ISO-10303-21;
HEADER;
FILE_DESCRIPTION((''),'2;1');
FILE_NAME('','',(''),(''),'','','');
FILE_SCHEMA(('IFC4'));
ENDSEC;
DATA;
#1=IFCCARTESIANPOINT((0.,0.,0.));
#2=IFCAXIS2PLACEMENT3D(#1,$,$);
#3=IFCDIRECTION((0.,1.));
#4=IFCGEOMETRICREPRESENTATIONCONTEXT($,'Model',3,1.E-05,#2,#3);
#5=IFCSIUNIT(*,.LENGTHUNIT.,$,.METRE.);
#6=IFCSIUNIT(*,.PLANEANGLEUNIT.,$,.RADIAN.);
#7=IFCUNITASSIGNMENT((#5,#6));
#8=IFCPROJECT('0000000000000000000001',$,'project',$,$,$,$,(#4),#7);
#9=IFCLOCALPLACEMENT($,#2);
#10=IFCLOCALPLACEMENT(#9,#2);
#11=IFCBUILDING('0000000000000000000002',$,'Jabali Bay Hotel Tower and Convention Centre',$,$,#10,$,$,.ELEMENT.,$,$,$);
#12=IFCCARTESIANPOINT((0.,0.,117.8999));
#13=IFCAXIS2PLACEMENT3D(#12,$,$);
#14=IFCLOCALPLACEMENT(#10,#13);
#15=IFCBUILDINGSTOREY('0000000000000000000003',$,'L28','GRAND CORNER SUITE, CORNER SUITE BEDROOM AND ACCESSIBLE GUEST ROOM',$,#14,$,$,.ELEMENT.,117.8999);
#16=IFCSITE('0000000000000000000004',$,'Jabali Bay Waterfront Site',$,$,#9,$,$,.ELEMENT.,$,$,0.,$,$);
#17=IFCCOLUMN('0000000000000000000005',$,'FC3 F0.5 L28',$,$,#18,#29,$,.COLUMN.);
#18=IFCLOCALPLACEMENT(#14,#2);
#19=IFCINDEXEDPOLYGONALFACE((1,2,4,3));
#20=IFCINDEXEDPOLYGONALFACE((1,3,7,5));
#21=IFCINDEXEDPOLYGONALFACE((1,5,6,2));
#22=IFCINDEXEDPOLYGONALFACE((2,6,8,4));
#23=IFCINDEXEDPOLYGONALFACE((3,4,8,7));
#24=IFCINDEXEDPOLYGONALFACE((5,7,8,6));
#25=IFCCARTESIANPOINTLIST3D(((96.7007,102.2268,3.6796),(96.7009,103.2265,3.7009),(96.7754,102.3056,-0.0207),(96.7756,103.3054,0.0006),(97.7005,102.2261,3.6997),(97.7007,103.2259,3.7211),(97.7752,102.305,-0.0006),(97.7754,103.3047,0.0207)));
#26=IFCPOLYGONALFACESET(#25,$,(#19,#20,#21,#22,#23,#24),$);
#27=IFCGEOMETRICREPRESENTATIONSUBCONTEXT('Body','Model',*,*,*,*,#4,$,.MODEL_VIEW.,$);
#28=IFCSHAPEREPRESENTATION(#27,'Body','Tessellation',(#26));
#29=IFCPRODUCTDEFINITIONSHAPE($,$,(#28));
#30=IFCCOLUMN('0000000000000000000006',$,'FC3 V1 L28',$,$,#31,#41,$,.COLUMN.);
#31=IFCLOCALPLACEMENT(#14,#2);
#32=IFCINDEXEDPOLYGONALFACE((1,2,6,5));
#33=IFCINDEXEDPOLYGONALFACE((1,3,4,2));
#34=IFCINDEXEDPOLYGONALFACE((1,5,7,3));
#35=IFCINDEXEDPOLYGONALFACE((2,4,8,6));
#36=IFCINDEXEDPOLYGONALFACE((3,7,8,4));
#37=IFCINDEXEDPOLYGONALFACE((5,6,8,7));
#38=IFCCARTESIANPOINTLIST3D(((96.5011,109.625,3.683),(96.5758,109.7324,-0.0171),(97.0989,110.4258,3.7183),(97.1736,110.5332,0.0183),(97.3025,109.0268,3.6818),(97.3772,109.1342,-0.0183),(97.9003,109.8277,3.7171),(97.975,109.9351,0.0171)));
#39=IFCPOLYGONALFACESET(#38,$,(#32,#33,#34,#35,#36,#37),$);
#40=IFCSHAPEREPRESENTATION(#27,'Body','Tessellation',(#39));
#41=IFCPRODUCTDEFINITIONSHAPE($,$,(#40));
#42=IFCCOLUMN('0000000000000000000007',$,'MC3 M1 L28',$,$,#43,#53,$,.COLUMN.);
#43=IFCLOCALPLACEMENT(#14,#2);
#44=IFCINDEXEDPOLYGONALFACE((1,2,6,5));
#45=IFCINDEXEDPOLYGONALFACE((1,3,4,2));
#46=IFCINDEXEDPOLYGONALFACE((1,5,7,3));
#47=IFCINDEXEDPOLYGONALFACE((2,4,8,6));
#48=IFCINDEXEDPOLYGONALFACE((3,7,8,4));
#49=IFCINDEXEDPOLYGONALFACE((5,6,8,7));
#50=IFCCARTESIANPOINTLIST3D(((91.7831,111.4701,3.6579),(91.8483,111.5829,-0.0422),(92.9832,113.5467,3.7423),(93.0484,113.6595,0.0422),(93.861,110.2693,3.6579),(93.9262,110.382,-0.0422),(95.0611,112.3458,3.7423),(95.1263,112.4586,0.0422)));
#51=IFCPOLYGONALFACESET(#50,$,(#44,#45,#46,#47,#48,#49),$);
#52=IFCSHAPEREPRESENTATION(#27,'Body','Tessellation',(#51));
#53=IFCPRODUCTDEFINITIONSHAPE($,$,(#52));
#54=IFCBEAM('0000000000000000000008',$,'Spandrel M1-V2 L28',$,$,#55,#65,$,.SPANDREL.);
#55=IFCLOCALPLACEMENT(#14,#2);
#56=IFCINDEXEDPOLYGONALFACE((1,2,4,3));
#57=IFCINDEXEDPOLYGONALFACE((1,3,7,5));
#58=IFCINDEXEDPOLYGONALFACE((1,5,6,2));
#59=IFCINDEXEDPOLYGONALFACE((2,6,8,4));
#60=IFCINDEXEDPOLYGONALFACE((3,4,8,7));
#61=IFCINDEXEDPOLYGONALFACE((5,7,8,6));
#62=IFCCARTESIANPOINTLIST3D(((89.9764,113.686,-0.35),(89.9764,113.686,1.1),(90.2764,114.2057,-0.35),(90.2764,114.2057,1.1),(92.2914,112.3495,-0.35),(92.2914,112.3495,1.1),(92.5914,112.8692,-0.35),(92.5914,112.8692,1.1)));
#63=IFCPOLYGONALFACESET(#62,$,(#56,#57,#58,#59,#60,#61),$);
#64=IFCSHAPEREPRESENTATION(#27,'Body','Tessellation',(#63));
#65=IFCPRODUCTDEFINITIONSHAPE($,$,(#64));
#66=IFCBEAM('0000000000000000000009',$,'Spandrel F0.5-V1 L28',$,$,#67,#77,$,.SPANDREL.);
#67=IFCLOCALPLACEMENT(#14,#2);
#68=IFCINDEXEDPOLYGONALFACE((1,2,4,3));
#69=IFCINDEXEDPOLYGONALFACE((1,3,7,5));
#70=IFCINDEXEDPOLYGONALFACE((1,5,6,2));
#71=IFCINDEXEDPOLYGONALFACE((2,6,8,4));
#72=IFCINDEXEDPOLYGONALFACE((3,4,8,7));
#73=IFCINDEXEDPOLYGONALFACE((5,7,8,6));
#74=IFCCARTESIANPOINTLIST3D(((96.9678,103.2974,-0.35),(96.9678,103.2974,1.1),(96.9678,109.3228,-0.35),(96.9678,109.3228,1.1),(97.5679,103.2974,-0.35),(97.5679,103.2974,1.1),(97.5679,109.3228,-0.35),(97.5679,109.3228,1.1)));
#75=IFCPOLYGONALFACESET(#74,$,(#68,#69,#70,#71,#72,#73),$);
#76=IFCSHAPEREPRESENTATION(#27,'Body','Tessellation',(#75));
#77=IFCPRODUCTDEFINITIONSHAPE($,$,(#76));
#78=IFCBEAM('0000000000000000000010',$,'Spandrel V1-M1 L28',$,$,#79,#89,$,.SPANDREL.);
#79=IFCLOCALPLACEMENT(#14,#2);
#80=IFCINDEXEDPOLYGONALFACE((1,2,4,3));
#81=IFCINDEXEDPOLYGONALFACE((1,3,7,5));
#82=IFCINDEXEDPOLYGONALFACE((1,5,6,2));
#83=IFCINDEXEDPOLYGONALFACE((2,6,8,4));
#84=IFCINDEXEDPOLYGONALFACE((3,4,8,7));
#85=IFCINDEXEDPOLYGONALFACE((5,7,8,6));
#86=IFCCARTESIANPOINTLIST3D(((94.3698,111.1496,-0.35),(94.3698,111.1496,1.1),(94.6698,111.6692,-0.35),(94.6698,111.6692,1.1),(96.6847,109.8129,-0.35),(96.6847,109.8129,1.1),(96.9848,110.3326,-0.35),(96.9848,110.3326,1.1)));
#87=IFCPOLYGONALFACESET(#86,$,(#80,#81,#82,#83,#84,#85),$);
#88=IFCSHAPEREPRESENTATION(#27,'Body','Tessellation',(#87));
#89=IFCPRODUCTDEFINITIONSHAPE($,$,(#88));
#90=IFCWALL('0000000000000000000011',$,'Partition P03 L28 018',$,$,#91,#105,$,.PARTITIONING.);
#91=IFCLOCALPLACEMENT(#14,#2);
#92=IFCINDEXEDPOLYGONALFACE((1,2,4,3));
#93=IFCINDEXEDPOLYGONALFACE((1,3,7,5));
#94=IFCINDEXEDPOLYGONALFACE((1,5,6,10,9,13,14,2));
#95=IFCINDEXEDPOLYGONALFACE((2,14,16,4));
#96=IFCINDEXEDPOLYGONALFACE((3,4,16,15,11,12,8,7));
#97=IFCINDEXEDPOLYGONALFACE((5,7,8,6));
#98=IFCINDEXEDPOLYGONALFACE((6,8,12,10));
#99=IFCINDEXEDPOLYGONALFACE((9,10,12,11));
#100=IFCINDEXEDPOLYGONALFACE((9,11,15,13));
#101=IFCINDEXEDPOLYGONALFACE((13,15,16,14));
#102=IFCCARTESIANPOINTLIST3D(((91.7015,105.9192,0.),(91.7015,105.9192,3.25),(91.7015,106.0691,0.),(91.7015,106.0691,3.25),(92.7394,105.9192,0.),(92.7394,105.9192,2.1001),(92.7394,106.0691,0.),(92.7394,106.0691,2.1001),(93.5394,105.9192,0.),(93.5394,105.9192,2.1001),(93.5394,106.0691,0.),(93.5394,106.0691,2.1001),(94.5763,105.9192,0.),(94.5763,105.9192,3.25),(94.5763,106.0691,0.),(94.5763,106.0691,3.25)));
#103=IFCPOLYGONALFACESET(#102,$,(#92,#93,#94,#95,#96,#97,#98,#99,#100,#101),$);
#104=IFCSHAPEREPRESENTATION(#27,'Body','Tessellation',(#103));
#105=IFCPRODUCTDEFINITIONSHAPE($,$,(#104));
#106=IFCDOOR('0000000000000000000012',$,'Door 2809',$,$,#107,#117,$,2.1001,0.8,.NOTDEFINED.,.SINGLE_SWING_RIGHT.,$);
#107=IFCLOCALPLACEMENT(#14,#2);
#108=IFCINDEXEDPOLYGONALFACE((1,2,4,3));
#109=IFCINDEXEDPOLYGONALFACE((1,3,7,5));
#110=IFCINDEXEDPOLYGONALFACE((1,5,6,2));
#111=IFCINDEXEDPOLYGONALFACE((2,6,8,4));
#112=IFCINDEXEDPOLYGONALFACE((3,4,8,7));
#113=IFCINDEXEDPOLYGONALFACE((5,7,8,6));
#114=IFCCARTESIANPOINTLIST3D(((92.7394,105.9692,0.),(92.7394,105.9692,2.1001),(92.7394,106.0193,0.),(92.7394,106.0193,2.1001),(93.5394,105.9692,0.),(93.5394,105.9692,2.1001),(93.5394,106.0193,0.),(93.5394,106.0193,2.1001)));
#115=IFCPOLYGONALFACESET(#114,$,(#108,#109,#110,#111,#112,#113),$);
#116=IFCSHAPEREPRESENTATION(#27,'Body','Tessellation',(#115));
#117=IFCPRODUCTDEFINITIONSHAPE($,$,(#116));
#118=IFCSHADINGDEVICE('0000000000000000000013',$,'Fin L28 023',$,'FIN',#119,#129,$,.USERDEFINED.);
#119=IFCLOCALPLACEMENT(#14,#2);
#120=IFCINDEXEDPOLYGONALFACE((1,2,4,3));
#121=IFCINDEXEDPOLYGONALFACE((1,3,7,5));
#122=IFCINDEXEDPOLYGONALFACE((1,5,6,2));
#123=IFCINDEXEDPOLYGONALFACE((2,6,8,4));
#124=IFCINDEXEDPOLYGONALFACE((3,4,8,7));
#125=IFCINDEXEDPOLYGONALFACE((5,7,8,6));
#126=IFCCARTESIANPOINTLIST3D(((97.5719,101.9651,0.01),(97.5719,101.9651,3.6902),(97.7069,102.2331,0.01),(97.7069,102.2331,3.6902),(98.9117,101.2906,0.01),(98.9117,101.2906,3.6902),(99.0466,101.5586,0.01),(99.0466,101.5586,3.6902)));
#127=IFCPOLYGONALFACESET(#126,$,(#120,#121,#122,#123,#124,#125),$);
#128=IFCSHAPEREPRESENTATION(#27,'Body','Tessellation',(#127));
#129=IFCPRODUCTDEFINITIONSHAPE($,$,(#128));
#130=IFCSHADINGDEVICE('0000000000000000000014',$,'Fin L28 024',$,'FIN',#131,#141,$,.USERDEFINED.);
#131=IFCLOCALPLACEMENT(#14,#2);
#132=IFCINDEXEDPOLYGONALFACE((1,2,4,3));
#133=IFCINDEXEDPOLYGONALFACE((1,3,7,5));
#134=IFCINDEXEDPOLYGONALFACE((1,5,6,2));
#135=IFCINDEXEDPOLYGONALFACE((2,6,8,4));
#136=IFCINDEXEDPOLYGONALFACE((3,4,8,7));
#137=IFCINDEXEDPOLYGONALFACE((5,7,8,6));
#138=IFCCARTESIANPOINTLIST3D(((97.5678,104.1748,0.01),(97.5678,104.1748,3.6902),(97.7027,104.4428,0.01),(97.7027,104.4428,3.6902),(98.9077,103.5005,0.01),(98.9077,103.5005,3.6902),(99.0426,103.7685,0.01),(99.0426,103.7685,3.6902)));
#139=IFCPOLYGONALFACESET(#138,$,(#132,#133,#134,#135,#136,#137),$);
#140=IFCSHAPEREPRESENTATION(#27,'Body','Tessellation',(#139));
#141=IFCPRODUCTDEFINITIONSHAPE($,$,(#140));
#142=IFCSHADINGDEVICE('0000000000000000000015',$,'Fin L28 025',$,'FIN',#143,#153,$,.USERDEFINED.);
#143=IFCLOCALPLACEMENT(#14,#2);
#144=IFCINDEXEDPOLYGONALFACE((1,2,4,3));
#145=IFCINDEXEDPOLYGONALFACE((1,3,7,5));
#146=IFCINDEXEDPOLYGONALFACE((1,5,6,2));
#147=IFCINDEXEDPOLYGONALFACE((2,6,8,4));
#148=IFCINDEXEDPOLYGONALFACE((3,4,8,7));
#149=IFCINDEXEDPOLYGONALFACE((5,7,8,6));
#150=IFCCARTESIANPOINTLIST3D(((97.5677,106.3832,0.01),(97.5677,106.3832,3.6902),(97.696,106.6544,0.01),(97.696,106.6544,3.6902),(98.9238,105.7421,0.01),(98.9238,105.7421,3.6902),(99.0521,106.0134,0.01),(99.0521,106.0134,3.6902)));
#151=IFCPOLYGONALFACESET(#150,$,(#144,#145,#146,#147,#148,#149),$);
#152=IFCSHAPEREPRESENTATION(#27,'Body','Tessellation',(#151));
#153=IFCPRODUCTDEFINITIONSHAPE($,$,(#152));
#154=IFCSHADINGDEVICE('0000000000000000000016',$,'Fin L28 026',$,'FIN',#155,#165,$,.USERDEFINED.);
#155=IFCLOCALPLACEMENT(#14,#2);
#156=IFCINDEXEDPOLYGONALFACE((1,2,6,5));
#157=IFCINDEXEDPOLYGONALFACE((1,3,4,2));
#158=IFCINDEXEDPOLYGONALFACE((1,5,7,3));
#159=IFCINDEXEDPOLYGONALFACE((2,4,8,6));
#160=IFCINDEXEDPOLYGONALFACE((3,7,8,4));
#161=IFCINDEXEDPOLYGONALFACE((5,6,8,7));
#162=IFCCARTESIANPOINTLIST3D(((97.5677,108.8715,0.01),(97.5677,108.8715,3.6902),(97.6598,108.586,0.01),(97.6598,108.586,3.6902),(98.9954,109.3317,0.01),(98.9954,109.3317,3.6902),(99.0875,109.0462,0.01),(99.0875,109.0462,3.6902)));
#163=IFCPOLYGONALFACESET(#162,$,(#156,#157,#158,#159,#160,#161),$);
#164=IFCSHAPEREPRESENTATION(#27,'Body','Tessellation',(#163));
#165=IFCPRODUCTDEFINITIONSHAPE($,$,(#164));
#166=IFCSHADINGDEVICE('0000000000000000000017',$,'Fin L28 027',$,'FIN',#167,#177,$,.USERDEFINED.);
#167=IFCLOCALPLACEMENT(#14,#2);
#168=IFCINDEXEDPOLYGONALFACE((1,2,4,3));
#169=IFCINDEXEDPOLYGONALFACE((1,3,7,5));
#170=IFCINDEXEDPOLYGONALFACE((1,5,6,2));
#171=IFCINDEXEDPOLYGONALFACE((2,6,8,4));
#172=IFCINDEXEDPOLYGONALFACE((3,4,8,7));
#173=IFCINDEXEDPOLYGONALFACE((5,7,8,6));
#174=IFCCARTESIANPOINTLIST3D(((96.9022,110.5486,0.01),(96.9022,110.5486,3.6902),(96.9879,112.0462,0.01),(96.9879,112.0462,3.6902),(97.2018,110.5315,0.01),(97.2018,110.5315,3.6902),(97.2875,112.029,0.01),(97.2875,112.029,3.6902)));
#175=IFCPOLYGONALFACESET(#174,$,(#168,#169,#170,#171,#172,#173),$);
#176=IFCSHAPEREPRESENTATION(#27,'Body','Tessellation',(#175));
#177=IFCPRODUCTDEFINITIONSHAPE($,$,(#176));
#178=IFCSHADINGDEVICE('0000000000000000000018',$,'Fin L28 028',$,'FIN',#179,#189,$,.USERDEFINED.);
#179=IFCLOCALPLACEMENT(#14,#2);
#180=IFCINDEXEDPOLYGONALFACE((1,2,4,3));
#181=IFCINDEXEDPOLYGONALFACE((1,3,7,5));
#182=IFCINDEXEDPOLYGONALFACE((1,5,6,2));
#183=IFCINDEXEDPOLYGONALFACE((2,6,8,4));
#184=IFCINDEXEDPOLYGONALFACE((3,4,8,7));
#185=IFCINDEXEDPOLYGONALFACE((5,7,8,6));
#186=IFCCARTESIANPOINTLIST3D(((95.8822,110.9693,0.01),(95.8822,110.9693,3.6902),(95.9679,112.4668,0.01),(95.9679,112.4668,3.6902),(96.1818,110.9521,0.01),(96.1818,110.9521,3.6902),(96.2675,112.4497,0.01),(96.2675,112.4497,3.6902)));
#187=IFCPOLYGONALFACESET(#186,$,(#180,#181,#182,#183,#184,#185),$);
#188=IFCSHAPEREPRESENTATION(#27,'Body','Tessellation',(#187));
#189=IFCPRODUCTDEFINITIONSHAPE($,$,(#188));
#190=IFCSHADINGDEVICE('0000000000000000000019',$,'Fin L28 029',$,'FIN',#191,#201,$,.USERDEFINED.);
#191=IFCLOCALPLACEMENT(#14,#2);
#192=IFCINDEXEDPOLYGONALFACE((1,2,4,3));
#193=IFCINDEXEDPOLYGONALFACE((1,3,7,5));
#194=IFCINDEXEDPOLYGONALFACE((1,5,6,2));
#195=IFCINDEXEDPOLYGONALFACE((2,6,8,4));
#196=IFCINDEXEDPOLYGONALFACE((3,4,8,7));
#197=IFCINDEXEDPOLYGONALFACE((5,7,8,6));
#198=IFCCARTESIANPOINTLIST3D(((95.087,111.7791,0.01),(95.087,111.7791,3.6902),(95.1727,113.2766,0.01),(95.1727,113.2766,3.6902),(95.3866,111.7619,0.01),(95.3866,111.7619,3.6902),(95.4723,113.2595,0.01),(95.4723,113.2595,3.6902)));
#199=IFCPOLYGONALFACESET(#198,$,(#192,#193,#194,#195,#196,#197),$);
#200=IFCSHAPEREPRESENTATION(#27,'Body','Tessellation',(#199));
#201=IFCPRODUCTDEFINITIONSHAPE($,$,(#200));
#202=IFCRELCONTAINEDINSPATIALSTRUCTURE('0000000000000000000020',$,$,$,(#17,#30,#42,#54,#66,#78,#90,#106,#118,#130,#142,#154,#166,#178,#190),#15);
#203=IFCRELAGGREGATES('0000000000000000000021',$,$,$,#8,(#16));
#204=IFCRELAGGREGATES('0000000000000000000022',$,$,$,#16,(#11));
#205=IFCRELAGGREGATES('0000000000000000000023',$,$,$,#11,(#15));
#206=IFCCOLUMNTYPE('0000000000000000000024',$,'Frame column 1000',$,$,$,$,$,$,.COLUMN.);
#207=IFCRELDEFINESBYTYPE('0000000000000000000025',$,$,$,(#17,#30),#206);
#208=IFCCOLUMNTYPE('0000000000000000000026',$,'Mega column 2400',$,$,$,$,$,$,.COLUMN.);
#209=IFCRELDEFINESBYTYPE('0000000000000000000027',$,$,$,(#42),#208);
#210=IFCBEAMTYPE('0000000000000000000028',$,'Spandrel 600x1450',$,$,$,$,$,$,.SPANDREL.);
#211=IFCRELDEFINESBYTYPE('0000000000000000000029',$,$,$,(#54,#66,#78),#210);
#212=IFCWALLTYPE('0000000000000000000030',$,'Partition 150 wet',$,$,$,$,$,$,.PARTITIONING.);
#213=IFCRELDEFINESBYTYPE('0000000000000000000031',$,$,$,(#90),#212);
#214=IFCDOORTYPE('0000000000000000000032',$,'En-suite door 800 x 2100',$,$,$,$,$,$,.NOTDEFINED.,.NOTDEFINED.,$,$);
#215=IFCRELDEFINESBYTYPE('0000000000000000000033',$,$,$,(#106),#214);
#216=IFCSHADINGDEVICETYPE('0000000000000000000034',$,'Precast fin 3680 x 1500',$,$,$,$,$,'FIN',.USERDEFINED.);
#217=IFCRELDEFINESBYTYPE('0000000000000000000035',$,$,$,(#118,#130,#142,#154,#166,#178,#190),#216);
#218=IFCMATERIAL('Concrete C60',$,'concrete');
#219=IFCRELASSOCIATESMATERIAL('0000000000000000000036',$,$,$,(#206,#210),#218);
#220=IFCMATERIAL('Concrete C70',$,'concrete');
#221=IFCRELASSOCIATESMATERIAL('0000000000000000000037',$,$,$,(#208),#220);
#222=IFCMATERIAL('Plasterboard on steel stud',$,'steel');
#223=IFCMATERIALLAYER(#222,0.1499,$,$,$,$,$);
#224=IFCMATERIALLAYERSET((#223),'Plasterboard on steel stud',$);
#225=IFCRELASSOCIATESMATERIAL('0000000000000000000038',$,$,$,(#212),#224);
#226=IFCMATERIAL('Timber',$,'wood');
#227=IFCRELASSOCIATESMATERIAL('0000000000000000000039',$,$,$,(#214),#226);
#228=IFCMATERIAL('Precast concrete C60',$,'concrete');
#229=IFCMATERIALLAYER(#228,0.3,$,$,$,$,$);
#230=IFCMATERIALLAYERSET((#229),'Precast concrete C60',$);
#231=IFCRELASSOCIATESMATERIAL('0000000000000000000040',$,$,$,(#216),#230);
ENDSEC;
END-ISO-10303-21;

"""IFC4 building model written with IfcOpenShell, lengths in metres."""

from ifc_helpers import new_model, si_unit, direction, frame, frame_2d, origin, origin_2d, place, context, subcontext, project, spatial, rectangle, extrude, material, layer, layer_set, material_profile, profile_set, type_object, element, fill, save


model = new_model("IFC4")

# Units and contexts
model_context = context("Model", 3, precision=1e-05, world=origin(), true_north=direction((0.0, 1.0)))
body_context = subcontext(model_context, "Body", "Model", "MODEL_VIEW")
ifc_project = project(units=[si_unit("LENGTHUNIT", "METRE"), si_unit("PLANEANGLEUNIT", "RADIAN")], contexts=[model_context])

# Site, building, storey
site_placement = place(None, origin())
site = spatial("IfcSite", under=ifc_project, at=site_placement, Name="Jabali Bay Waterfront Site", CompositionType="ELEMENT", RefElevation=0.0)
building_placement = place(site_placement, origin())
building = spatial("IfcBuilding", under=site, at=building_placement, Name="Jabali Bay Hotel Tower and Convention Centre", CompositionType="ELEMENT")
storey_placement = place(building_placement, frame((0.0, 0.0, 117.8999)))
storey = spatial("IfcBuildingStorey", under=building, at=storey_placement, Name="L28", Description="GRAND CORNER SUITE, CORNER SUITE BEDROOM AND ACCESSIBLE GUEST ROOM", CompositionType="ELEMENT", Elevation=117.8999)

# Columns
ifc_material_1 = material(Name="Concrete C60", Category="concrete")
ifc_material_profile_1 = material_profile(ifc_material_1, rectangle(XDim=1.0, YDim=1.0, at=origin_2d()), Name="Frame column 1000")
ifc_profile_set_1 = profile_set([ifc_material_profile_1], Name="Concrete C60")
column_type_1 = type_object("IfcColumnType", Name="Frame column 1000", PredefinedType="COLUMN", material=ifc_profile_set_1)
column_1_placement = place(storey_placement, frame((97.2754, 102.8052, 0.0), z_axis=(-0.020181, -0.021303, 0.999569), x_axis=(0.999796, -0.000652, 0.020172)))
element("IfcColumn", 1, at=column_1_placement, inside=storey, type_object=column_type_1, Name="FC3 F0.5 L28", PredefinedType="COLUMN", context=body_context, shape_type="SweptSolid", body=[
    extrude(rectangle(XDim=1.0, YDim=1.0, at=origin_2d()), origin(), (0.0, 0.0, 1.0), 3.7019),
])
column_2_placement = place(storey_placement, frame((97.2754, 109.8337, 0.0), z_axis=(-0.020177, -0.029013, 0.999375), x_axis=(0.597798, 0.800868, 0.03532)))
element("IfcColumn", 2, at=column_2_placement, inside=storey, type_object=column_type_1, Name="FC3 V1 L28", PredefinedType="COLUMN", context=body_context, shape_type="SweptSolid", body=[
    extrude(rectangle(XDim=1.0, YDim=1.0, at=origin_2d()), origin(), (0.0, 0.0, 1.0), 3.7024),
])
ifc_material_2 = material(Name="Concrete C70", Category="concrete")
ifc_material_profile_2 = material_profile(ifc_material_2, rectangle(XDim=2.3999, YDim=2.3999, at=origin_2d()), Name="Mega column 2400")
ifc_profile_set_2 = profile_set([ifc_material_profile_2], Name="Concrete C70")
column_type_2 = type_object("IfcColumnType", Name="Mega column 2400", PredefinedType="COLUMN", material=ifc_profile_set_2)
column_3_placement = place(storey_placement, frame((93.4873, 112.0208, 0.0), z_axis=(-0.017606, -0.030464, 0.999381), x_axis=(0.865816, -0.500362, 0.0)))
element("IfcColumn", 3, at=column_3_placement, inside=storey, type_object=column_type_2, Name="MC3 M1 L28", PredefinedType="COLUMN", context=body_context, shape_type="SweptSolid", body=[
    extrude(rectangle(XDim=2.3999, YDim=2.3999, at=origin_2d()), origin(), (0.0, 0.0, 1.0), 3.7024),
])

# Beams
ifc_material_profile_3 = material_profile(ifc_material_1, rectangle(XDim=0.6001, YDim=1.45, at=origin_2d()), Name="Spandrel 600x1450")
ifc_profile_set_3 = profile_set([ifc_material_profile_3], Name="Concrete C60")
beam_type = type_object("IfcBeamType", Name="Spandrel 600x1450", PredefinedType="SPANDREL", material=ifc_profile_set_3)
beam_1_placement = place(storey_placement, frame((92.4414, 112.6094, 0.375), z_axis=(-0.866043, 0.49997, 0.0), x_axis=(-0.49997, -0.866043, 0.0)))
element("IfcBeam", 4, at=beam_1_placement, inside=storey, type_object=beam_type, Name="Spandrel M1-V2 L28", PredefinedType="SPANDREL", context=body_context, shape_type="SweptSolid", body=[
    extrude(rectangle(XDim=0.6001, YDim=1.45, at=origin_2d()), origin(), (0.0, 0.0, 1.0), 2.6731),
])
beam_2_placement = place(storey_placement, frame((97.2678, 103.2974, 0.375), z_axis=(0.0, 1.0, 0.0), x_axis=(-1.0, 0.0, 0.0)))
element("IfcBeam", 5, at=beam_2_placement, inside=storey, type_object=beam_type, Name="Spandrel F0.5-V1 L28", PredefinedType="SPANDREL", context=body_context, shape_type="SweptSolid", body=[
    extrude(rectangle(XDim=0.6001, YDim=1.45, at=origin_2d()), origin(), (0.0, 0.0, 1.0), 6.0254),
])
beam_3_placement = place(storey_placement, frame((96.8347, 110.0728, 0.375), z_axis=(-0.866003, 0.500039, 0.0), x_axis=(-0.500039, -0.866003, 0.0)))
element("IfcBeam", 6, at=beam_3_placement, inside=storey, type_object=beam_type, Name="Spandrel V1-M1 L28", PredefinedType="SPANDREL", context=body_context, shape_type="SweptSolid", body=[
    extrude(rectangle(XDim=0.6001, YDim=1.45, at=origin_2d()), origin(), (0.0, 0.0, 1.0), 2.6731),
])

# Wall, opening, door
ifc_material_3 = material(Name="Plasterboard on steel stud", Category="steel")
ifc_layer_1 = layer(ifc_material_3, 0.1499)
ifc_layer_set_1 = layer_set([ifc_layer_1], Name="Plasterboard on steel stud")
wall_type_1 = type_object("IfcWallType", Name="Partition 150 wet", PredefinedType="PARTITIONING", material=ifc_layer_set_1)
wall_1_placement = place(storey_placement, frame((94.5764, 105.9941, 0.0), z_axis=(0.0, 0.0, 1.0), x_axis=(-1.0, 0.0, 0.0)))
wall_1 = element("IfcWall", 7, at=wall_1_placement, inside=storey, type_object=wall_type_1, Name="Partition P03 L28 018", PredefinedType="PARTITIONING", context=body_context, shape_type="SweptSolid", body=[
    extrude(rectangle(XDim=2.8748, YDim=0.1499, at=frame_2d((1.4375, 0.0))), origin(), (0.0, 0.0, 1.0), 3.25),
])
opening_1_placement = place(wall_1_placement, frame((1.0371, 0.0, 0.0)))
opening_1 = element("IfcOpeningElement", 8, at=opening_1_placement, cuts=wall_1, PredefinedType="OPENING", context=body_context, shape_type="SweptSolid", body=[
    extrude(rectangle(XDim=0.8, YDim=2.1001, at=frame_2d((0.3999, 1.05))), frame((0.0, 0.0854, 0.0), z_axis=(0.0, -1.0, 0.0), x_axis=(1.0, 0.0, 0.0)), (0.0, 0.0, 1.0), 0.1709),
])
ifc_material_4 = material(Name="Timber", Category="wood")
door_type_1 = type_object("IfcDoorType", Name="En-suite door 800 x 2100", OperationType="NOTDEFINED", PredefinedType="NOTDEFINED", material=ifc_material_4)
door_1_placement = place(opening_1_placement, origin())
door_1 = element("IfcDoor", 9, at=door_1_placement, inside=storey, type_object=door_type_1, Name="Door 2809", OperationType="SINGLE_SWING_RIGHT", OverallHeight=2.1001, OverallWidth=0.8, PredefinedType="NOTDEFINED", context=body_context, shape_type="SweptSolid", body=[
    extrude(rectangle(XDim=0.8, YDim=2.1001, at=frame_2d((0.3999, 1.05))), frame((0.0, 0.0249, 0.0), z_axis=(0.0, -1.0, 0.0), x_axis=(1.0, 0.0, 0.0)), (0.0, 0.0, 1.0), 0.05),
])
fill(opening_1, door_1)

# Shading devices
ifc_material_5 = material(Name="Precast concrete C60", Category="concrete")
ifc_layer_2 = layer(ifc_material_5, 0.3)
ifc_layer_set_2 = layer_set([ifc_layer_2], Name="Precast concrete C60")
shading_device_type = type_object("IfcShadingDeviceType", Name="Precast fin 3680 x 1500", ElementType="FIN", PredefinedType="USERDEFINED", material=ifc_layer_set_2)
for number, where, z_axis, x_axis, name in (
    (10, (97.6394, 102.0991, 0.01), (0.0, 0.0, 1.0), (0.893187, -0.449686, 0.0), "Fin L28 023"),
    (11, (97.6353, 104.3088, 0.01), (0.0, 0.0, 1.0), (0.893252, -0.449556, 0.0), "Fin L28 024"),
    (12, (97.6318, 106.5188, 0.01), (0.0, 0.0, 1.0), (0.904072, -0.42738, 0.0), "Fin L28 025"),
    (13, (97.6138, 108.7288, 0.01), (0.0, 0.0, 1.0), (0.951778, 0.306789, 0.0), "Fin L28 026"),
    (14, (97.052, 110.54, 0.01), (0.0, 0.0, 1.0), (0.057129, 0.998367, 0.0), "Fin L28 027"),
    (15, (96.032, 110.9607, 0.01), (0.0, 0.0, 1.0), (0.057129, 0.998367, 0.0), "Fin L28 028"),
    (16, (95.2368, 111.7705, 0.01), (0.0, 0.0, 1.0), (0.057129, 0.998367, 0.0), "Fin L28 029"),
):
    element("IfcShadingDevice", number, at=place(storey_placement, frame(where, z_axis=z_axis, x_axis=x_axis)), inside=storey, type_object=shading_device_type, Name=name, ObjectType="FIN", PredefinedType="USERDEFINED", context=body_context, shape_type="SweptSolid", body=[
        extrude(rectangle(XDim=1.5, YDim=0.3, at=frame_2d((0.75, 0.0))), origin(), (0.0, 0.0, 1.0), 3.6802),
    ])

save(model, "model.ifc")
